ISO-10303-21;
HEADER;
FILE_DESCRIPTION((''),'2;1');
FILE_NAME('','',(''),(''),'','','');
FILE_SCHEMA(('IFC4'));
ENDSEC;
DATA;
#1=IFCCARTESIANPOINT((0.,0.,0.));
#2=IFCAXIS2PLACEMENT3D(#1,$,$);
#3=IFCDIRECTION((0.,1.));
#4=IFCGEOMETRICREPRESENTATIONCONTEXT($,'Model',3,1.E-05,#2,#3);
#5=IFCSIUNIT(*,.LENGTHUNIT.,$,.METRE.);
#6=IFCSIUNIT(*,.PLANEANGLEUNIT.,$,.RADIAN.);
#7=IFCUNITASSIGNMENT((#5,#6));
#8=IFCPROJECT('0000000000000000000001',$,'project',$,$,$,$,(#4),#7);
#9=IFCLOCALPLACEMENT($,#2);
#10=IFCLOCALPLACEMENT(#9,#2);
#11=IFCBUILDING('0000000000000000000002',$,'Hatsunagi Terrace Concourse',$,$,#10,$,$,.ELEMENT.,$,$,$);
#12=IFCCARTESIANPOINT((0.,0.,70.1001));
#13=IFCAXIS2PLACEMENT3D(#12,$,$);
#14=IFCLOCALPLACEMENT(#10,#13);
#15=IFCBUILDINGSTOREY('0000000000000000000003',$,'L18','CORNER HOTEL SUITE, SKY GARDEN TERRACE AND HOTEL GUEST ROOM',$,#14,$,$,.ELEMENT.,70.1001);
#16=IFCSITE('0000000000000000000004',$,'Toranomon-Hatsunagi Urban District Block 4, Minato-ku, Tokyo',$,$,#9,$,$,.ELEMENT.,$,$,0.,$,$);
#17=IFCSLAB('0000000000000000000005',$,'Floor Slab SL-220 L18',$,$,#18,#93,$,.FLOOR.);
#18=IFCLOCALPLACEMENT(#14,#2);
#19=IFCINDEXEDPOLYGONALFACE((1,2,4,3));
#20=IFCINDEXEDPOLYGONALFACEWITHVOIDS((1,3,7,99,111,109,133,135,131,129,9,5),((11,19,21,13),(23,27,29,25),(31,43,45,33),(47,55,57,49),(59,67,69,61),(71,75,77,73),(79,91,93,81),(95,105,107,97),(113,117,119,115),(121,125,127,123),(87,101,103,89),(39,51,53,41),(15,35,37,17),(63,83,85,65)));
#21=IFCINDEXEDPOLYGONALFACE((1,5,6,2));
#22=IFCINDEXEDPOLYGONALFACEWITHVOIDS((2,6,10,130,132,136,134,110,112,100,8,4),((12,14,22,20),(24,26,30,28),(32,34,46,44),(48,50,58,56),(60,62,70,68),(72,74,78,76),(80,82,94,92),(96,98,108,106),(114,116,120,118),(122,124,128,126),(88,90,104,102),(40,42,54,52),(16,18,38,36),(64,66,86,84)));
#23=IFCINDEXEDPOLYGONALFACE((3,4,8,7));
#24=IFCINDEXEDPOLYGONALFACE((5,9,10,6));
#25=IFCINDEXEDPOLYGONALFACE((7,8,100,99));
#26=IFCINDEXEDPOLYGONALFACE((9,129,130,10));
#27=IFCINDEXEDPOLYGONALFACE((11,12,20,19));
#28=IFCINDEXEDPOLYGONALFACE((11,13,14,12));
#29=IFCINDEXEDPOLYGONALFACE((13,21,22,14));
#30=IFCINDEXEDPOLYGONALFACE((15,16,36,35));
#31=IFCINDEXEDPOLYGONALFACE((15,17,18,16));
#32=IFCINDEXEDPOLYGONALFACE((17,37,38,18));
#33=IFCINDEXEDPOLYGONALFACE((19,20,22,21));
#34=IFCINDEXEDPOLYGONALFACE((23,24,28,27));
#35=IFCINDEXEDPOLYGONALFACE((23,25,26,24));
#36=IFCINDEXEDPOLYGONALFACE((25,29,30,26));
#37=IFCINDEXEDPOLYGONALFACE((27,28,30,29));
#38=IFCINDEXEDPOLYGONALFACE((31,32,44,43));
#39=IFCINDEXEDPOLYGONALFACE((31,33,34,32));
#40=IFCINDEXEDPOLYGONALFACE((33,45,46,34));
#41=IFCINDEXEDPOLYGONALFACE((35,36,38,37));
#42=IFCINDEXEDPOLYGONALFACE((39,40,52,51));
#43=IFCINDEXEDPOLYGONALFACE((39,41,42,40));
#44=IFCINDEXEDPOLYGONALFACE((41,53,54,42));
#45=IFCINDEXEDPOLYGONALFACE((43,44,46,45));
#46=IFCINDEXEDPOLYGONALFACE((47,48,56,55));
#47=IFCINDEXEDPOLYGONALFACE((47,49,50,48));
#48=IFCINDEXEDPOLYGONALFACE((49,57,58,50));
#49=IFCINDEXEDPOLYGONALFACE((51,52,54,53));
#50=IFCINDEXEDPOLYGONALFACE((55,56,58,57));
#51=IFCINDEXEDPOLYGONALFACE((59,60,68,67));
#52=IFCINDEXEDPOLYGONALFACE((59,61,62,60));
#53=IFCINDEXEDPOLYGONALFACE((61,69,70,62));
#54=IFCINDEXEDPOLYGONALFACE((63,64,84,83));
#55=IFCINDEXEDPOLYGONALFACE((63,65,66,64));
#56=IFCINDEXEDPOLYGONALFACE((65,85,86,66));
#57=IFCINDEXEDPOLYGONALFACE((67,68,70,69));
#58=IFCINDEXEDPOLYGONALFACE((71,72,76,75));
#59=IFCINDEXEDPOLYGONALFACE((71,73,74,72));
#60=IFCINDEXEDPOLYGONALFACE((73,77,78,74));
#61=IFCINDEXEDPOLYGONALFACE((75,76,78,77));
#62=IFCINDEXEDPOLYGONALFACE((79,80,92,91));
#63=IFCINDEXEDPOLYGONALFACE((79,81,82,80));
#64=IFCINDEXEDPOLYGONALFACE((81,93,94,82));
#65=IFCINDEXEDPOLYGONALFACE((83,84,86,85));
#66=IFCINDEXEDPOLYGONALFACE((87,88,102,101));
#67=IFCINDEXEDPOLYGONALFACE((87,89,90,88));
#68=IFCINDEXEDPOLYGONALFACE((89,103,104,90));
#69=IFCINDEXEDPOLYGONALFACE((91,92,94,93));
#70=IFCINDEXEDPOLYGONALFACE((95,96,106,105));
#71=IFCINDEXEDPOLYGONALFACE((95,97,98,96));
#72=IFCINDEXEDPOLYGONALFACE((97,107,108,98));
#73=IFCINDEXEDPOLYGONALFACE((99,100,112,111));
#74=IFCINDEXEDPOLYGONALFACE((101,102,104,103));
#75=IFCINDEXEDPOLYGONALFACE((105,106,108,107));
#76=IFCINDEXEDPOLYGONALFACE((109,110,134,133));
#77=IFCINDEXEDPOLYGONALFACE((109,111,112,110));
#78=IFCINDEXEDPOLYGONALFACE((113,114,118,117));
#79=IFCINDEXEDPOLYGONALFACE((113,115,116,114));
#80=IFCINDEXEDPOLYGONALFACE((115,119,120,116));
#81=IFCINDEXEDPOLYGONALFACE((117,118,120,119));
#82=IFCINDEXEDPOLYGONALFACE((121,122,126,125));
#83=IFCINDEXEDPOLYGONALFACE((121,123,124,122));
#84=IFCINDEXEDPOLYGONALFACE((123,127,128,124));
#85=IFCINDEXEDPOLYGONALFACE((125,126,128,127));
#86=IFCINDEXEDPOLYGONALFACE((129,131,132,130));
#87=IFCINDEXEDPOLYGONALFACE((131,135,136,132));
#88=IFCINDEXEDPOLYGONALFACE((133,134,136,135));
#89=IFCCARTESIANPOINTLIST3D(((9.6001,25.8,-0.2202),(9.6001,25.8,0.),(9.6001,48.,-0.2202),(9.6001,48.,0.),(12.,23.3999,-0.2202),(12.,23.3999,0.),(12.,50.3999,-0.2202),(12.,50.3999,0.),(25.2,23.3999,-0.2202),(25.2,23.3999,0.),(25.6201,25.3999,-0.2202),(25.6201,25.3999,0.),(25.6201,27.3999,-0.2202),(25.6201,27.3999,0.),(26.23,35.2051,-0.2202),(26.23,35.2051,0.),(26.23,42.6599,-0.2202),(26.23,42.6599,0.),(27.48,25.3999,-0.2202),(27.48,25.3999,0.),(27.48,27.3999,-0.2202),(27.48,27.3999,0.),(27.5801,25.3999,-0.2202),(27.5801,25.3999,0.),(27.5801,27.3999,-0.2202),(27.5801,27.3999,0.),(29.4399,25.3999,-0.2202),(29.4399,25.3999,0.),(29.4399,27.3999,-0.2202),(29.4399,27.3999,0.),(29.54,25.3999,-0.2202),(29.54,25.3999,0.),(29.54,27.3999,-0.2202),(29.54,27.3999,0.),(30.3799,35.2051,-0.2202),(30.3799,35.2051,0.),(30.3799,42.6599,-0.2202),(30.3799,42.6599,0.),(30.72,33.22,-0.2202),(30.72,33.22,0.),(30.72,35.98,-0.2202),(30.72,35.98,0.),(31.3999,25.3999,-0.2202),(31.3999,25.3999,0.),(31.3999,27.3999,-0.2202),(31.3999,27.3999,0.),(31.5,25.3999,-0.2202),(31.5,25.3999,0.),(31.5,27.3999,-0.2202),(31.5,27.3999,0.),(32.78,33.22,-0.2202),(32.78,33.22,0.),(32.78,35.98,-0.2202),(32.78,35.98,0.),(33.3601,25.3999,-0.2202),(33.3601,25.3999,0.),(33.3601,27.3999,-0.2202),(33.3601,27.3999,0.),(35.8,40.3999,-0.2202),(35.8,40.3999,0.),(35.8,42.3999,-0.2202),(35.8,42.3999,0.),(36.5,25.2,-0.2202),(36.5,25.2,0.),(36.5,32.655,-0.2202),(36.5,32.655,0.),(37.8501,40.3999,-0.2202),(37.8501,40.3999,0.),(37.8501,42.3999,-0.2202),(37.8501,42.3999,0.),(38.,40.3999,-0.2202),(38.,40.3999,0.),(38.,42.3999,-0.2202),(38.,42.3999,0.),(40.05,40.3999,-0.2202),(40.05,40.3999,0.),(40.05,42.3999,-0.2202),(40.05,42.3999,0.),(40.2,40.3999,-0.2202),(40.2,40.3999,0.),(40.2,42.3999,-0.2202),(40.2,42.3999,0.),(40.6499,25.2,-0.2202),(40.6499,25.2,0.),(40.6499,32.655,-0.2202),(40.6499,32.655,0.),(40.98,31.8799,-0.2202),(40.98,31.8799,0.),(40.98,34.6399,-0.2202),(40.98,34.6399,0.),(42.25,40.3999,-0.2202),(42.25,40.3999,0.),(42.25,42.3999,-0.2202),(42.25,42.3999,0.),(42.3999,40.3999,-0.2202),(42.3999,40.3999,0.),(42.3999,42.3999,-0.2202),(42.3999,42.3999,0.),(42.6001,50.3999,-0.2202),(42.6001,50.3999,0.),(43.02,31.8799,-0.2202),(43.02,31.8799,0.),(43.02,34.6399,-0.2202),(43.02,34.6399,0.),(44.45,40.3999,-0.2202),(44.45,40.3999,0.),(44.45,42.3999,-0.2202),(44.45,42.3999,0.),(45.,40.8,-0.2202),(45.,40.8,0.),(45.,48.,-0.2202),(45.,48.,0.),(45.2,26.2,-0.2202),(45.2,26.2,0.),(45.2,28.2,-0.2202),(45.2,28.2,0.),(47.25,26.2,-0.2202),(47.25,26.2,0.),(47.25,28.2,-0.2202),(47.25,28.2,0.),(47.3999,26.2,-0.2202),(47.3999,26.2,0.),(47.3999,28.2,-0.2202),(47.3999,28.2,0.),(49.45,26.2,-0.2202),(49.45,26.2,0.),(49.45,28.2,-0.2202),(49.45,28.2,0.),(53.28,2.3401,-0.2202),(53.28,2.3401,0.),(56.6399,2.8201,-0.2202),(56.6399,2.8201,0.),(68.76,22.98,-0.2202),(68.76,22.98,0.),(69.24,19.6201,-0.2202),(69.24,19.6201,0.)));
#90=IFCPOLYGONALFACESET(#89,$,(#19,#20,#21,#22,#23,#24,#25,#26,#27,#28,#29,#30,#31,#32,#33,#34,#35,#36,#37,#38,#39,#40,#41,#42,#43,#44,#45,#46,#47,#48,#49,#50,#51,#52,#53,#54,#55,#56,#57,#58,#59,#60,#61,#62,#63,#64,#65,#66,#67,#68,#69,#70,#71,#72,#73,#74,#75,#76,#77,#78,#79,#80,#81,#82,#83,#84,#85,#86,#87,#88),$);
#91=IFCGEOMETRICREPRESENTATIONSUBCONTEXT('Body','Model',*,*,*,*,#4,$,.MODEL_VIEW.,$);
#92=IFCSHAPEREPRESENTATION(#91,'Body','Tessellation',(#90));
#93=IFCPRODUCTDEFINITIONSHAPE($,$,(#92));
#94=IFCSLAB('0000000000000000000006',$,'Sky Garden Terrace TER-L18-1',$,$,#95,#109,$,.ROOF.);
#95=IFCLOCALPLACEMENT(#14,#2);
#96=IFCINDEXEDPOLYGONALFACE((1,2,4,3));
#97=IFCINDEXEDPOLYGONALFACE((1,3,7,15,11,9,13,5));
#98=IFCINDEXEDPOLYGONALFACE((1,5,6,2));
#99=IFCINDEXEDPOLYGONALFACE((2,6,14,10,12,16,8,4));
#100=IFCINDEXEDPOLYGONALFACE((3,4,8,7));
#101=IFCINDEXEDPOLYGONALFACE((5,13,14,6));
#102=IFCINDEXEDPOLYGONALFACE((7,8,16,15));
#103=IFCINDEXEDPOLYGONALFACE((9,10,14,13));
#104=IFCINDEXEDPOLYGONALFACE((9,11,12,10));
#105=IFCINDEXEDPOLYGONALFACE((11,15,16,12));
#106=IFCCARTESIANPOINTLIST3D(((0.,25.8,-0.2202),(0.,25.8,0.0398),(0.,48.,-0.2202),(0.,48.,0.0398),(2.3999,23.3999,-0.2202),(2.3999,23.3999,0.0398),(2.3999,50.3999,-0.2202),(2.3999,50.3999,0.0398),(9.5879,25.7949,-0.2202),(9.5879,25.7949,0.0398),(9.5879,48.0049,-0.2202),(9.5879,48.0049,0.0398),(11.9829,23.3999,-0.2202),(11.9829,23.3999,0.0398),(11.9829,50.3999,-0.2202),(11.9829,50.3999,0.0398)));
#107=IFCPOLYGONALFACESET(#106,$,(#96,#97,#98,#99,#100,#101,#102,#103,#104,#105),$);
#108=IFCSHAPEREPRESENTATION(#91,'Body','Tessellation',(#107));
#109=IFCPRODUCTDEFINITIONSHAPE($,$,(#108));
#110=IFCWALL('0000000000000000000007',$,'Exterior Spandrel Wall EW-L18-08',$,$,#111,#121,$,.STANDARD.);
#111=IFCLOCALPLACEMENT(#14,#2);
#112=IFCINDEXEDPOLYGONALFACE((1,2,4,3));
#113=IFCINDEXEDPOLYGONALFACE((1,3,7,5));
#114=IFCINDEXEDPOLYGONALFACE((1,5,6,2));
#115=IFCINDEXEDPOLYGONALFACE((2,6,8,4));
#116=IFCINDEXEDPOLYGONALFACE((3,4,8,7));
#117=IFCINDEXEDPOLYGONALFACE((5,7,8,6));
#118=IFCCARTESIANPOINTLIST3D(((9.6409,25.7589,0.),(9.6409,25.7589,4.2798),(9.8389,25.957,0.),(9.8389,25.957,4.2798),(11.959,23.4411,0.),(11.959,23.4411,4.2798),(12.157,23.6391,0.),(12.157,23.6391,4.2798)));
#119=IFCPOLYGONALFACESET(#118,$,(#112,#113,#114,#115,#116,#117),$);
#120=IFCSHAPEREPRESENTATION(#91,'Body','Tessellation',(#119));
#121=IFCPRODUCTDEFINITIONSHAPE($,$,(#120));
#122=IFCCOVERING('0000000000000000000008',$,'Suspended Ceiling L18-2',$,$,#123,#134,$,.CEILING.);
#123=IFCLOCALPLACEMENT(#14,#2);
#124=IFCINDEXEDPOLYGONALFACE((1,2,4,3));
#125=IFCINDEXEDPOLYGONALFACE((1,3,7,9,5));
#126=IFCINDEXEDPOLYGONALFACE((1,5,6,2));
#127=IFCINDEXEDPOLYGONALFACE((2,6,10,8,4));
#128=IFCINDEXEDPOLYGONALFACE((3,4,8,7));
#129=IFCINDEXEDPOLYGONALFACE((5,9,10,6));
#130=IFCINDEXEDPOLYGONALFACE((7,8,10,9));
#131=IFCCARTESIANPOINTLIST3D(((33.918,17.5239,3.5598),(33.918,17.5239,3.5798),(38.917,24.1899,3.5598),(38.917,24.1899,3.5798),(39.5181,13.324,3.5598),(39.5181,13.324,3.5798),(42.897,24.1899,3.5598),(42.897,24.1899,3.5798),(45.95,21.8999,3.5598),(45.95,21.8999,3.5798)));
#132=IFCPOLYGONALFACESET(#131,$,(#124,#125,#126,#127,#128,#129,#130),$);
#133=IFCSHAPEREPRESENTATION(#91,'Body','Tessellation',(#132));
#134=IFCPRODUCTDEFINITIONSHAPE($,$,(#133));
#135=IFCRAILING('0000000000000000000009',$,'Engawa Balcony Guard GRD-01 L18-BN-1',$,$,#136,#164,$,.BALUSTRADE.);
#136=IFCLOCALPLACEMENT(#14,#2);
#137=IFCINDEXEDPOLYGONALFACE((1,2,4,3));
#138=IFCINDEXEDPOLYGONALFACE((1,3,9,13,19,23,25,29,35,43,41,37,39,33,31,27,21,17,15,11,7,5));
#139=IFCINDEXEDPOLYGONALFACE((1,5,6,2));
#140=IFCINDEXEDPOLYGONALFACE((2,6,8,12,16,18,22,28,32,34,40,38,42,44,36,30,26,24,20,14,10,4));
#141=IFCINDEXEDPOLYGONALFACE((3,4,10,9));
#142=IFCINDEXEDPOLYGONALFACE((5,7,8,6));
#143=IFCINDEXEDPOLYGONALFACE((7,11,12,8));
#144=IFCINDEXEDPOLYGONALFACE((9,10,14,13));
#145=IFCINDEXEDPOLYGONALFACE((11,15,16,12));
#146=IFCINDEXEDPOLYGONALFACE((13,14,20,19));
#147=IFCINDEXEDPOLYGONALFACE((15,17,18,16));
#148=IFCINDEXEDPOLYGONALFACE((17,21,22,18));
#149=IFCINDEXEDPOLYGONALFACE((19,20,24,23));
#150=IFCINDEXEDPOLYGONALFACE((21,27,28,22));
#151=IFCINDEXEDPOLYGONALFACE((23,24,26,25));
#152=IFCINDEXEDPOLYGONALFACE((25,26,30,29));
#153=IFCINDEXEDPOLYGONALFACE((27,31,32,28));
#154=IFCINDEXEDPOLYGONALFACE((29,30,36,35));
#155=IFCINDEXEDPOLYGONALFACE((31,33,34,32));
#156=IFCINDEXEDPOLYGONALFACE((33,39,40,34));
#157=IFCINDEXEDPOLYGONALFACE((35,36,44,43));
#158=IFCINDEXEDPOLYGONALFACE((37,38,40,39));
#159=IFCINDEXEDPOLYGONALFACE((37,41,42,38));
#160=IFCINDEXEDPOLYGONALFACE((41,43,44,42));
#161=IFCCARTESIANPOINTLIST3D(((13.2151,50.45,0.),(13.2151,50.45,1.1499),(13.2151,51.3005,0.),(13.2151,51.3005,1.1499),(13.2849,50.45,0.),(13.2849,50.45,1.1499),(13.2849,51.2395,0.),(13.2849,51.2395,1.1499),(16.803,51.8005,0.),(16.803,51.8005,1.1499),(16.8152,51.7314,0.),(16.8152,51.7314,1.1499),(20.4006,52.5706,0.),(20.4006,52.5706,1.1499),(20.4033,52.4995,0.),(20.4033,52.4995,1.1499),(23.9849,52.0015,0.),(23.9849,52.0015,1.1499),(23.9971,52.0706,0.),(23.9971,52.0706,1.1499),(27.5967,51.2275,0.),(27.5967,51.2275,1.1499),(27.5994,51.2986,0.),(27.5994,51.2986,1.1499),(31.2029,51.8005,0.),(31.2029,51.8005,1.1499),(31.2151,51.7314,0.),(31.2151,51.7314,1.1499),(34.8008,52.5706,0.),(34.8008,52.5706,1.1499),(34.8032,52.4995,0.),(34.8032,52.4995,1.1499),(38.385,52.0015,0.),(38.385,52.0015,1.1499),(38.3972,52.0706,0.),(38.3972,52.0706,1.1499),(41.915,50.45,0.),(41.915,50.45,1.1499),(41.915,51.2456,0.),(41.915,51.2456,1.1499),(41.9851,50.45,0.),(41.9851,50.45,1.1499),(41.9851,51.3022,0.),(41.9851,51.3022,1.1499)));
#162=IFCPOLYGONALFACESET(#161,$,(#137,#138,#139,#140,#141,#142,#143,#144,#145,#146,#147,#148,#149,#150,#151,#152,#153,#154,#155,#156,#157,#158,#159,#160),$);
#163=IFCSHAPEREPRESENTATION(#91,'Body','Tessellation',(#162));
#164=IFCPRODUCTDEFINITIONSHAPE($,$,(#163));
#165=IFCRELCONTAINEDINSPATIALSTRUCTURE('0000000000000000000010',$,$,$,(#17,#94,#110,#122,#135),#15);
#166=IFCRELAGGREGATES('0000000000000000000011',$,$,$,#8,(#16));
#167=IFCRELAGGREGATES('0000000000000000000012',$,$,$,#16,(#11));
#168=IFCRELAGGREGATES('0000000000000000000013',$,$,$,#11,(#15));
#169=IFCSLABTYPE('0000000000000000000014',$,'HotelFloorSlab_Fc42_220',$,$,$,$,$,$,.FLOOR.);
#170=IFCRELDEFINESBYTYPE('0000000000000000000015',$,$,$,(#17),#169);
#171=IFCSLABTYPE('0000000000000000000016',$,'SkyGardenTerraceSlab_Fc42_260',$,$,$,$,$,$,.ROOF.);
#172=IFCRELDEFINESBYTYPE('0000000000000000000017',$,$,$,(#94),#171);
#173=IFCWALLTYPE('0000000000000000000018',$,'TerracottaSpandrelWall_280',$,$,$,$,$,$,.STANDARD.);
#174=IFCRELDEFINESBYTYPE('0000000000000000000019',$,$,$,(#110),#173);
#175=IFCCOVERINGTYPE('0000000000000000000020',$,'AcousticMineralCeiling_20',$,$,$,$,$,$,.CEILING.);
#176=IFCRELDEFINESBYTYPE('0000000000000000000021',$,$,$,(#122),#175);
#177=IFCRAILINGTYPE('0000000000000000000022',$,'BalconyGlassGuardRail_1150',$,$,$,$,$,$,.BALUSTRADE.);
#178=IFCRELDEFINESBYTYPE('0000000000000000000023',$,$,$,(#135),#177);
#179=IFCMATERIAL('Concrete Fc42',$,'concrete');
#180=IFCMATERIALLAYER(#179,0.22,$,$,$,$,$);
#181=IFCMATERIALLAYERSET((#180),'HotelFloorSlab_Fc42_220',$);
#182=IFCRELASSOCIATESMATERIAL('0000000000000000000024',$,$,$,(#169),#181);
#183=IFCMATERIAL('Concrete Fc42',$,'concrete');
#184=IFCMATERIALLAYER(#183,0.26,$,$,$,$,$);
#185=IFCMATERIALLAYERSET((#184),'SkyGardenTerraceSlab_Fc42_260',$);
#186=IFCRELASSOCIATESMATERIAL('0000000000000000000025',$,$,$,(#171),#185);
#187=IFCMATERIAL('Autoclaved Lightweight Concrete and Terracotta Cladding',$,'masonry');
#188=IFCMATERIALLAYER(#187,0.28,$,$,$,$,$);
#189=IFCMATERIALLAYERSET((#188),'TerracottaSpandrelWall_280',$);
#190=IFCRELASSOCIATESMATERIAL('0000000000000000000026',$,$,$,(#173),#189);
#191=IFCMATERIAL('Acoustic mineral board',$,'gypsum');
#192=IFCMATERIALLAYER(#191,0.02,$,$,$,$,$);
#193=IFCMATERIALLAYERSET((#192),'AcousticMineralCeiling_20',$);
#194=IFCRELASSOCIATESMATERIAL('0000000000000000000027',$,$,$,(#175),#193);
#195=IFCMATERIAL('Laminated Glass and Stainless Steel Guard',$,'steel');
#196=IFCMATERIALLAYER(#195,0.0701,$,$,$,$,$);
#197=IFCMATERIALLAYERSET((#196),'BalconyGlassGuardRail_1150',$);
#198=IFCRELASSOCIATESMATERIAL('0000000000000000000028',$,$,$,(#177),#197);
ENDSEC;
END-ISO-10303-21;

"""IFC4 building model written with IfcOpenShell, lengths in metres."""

from ifc_helpers import new_model, si_unit, direction, frame, frame_2d, origin, place, context, subcontext, project, spatial, polyline, rectangle, outline, extrude, material, layer, layer_set, type_object, element, save


model = new_model("IFC4")

# Units and contexts
model_context = context("Model", 3, precision=1e-05, world=origin(), true_north=direction((0.0, 1.0)))
body_context = subcontext(model_context, "Body", "Model", "MODEL_VIEW")
ifc_project = project(units=[si_unit("LENGTHUNIT", "METRE"), si_unit("PLANEANGLEUNIT", "RADIAN")], contexts=[model_context])

# Site, building, storey
site_placement = place(None, origin())
site = spatial("IfcSite", under=ifc_project, at=site_placement, Name="Toranomon-Hatsunagi Urban District Block 4, Minato-ku, Tokyo", CompositionType="ELEMENT", RefElevation=0.0)
building_placement = place(site_placement, origin())
building = spatial("IfcBuilding", under=site, at=building_placement, Name="Hatsunagi Terrace Concourse", CompositionType="ELEMENT")
storey_placement = place(building_placement, frame((0.0, 0.0, 70.1001)))
storey = spatial("IfcBuildingStorey", under=building, at=storey_placement, Name="L18", Description="CORNER HOTEL SUITE, SKY GARDEN TERRACE AND HOTEL GUEST ROOM", CompositionType="ELEMENT", Elevation=70.1001)

# Slabs
ifc_material_1 = material(Name="Concrete Fc42", Category="concrete")
ifc_layer_1 = layer(ifc_material_1, 0.22)
ifc_layer_set_1 = layer_set([ifc_layer_1], Name="HotelFloorSlab_Fc42_220")
slab_type_1 = type_object("IfcSlabType", Name="HotelFloorSlab_Fc42_220", PredefinedType="FLOOR", material=ifc_layer_set_1)
slab_1_placement = place(storey_placement, frame((0.0, 0.0, -0.2202)))
element("IfcSlab", 1, at=slab_1_placement, inside=storey, type_object=slab_type_1, Name="Floor Slab SL-220 L18", PredefinedType="FLOOR", context=body_context, shape_type="SweptSolid", body=[
    extrude(outline(polyline([(45.0, 40.8), (45.0, 48.0), (42.6001, 50.3999), (12.0, 50.3999), (9.6001, 48.0), (9.6001, 25.8), (12.0, 23.3999), (25.2, 23.3999), (53.28, 2.3401), (56.6399, 2.8201), (69.24, 19.6201), (68.76, 22.98), (45.0, 40.8)]), holes=[polyline([(26.23, 35.2051), (30.3799, 35.2051), (30.3799, 42.6599), (26.23, 42.6599), (26.23, 35.2051)]), polyline([(36.5, 25.2), (40.6499, 25.2), (40.6499, 32.655), (36.5, 32.655), (36.5, 25.2)]), polyline([(30.72, 33.22), (32.78, 33.22), (32.78, 35.98), (30.72, 35.98), (30.72, 33.22)]), polyline([(40.98, 31.8799), (43.02, 31.8799), (43.02, 34.6399), (40.98, 34.6399), (40.98, 31.8799)]), polyline([(25.6201, 25.3999), (27.48, 25.3999), (27.48, 27.3999), (25.6201, 27.3999), (25.6201, 25.3999)]), polyline([(27.5801, 25.3999), (29.4399, 25.3999), (29.4399, 27.3999), (27.5801, 27.3999), (27.5801, 25.3999)]), polyline([(29.54, 25.3999), (31.3999, 25.3999), (31.3999, 27.3999), (29.54, 27.3999), (29.54, 25.3999)]), polyline([(31.5, 25.3999), (33.3601, 25.3999), (33.3601, 27.3999), (31.5, 27.3999), (31.5, 25.3999)]), polyline([(35.8, 40.3999), (37.8501, 40.3999), (37.8501, 42.3999), (35.8, 42.3999), (35.8, 40.3999)]), polyline([(38.0, 40.3999), (40.05, 40.3999), (40.05, 42.3999), (38.0, 42.3999), (38.0, 40.3999)]), polyline([(40.2, 40.3999), (42.25, 40.3999), (42.25, 42.3999), (40.2, 42.3999), (40.2, 40.3999)]), polyline([(42.3999, 40.3999), (44.45, 40.3999), (44.45, 42.3999), (42.3999, 42.3999), (42.3999, 40.3999)]), polyline([(45.2, 26.2), (47.25, 26.2), (47.25, 28.2), (45.2, 28.2), (45.2, 26.2)]), polyline([(47.3999, 26.2), (49.45, 26.2), (49.45, 28.2), (47.3999, 28.2), (47.3999, 26.2)])]), origin(), (0.0, 0.0, 1.0), 0.2202),
])
ifc_material_2 = material(Name="Concrete Fc42", Category="concrete")
ifc_layer_2 = layer(ifc_material_2, 0.26)
ifc_layer_set_2 = layer_set([ifc_layer_2], Name="SkyGardenTerraceSlab_Fc42_260")
slab_type_2 = type_object("IfcSlabType", Name="SkyGardenTerraceSlab_Fc42_260", PredefinedType="ROOF", material=ifc_layer_set_2)
slab_2_placement = place(storey_placement, frame((0.0, 0.0, -0.2202)))
element("IfcSlab", 2, at=slab_2_placement, inside=storey, type_object=slab_type_2, Name="Sky Garden Terrace TER-L18-1", PredefinedType="ROOF", context=body_context, shape_type="SweptSolid", body=[
    extrude(outline(polyline([(2.3999, 23.3999), (11.9829, 23.3999), (9.5879, 25.7949), (9.5879, 48.0049), (11.9829, 50.3999), (2.3999, 50.3999), (0.0, 48.0), (0.0, 25.8), (2.3999, 23.3999)])), origin(), (0.0, 0.0, 1.0), 0.26),
])

# Wall
ifc_material_3 = material(Name="Autoclaved Lightweight Concrete and Terracotta Cladding", Category="masonry")
ifc_layer_3 = layer(ifc_material_3, 0.28)
ifc_layer_set_3 = layer_set([ifc_layer_3], Name="TerracottaSpandrelWall_280")
wall_type = type_object("IfcWallType", Name="TerracottaSpandrelWall_280", PredefinedType="STANDARD", material=ifc_layer_set_3)
wall_placement = place(storey_placement, frame((12.0581, 23.54, 0.0), z_axis=(0.0, 0.0, 1.0), x_axis=(-0.707144, 0.70707, 0.0)))
element("IfcWall", 3, at=wall_placement, inside=storey, type_object=wall_type, Name="Exterior Spandrel Wall EW-L18-08", PredefinedType="STANDARD", context=body_context, shape_type="SweptSolid", body=[
    extrude(rectangle(XDim=3.2781, YDim=0.28, at=frame_2d((1.6392, 0.0))), origin(), (0.0, 0.0, 1.0), 4.2798),
])

# Covering
ifc_material_4 = material(Name="Acoustic mineral board", Category="gypsum")
ifc_layer_4 = layer(ifc_material_4, 0.02)
ifc_layer_set_4 = layer_set([ifc_layer_4], Name="AcousticMineralCeiling_20")
covering_type_1 = type_object("IfcCoveringType", Name="AcousticMineralCeiling_20", PredefinedType="CEILING", material=ifc_layer_set_4)
covering_1_placement = place(storey_placement, frame((0.0, 0.0, 3.5598)))
element("IfcCovering", 4, at=covering_1_placement, inside=storey, type_object=covering_type_1, Name="Suspended Ceiling L18-2", PredefinedType="CEILING", context=body_context, shape_type="SweptSolid", body=[
    extrude(outline(polyline([(39.5181, 13.324), (45.95, 21.8999), (42.897, 24.1899), (38.917, 24.1899), (33.918, 17.5239), (39.5181, 13.324)])), origin(), (0.0, 0.0, 1.0), 0.02),
])

# Railing
ifc_material_5 = material(Name="Laminated Glass and Stainless Steel Guard", Category="steel")
ifc_layer_5 = layer(ifc_material_5, 0.0701)
ifc_layer_set_5 = layer_set([ifc_layer_5], Name="BalconyGlassGuardRail_1150")
railing_type_1 = type_object("IfcRailingType", Name="BalconyGlassGuardRail_1150", PredefinedType="BALUSTRADE", material=ifc_layer_set_5)
railing_1_placement = place(storey_placement, origin())
element("IfcRailing", 5, at=railing_1_placement, inside=storey, type_object=railing_type_1, Name="Engawa Balcony Guard GRD-01 L18-BN-1", PredefinedType="BALUSTRADE", context=body_context, shape_type="SweptSolid", body=[
    extrude(outline(polyline([(13.2151, 50.45), (13.2849, 50.45), (13.2849, 51.2395), (16.8152, 51.7314), (20.4033, 52.4995), (23.9849, 52.0015), (27.5967, 51.2275), (31.2151, 51.7314), (34.8032, 52.4995), (38.385, 52.0015), (41.915, 51.2456), (41.915, 50.45), (41.9851, 50.45), (41.9851, 51.3022), (38.3972, 52.0706), (34.8008, 52.5706), (31.2029, 51.8005), (27.5994, 51.2986), (23.9971, 52.0706), (20.4006, 52.5706), (16.803, 51.8005), (13.2151, 51.3005), (13.2151, 50.45)])), origin(), (0.0, 0.0, 1.0), 1.1499),
])

save(model, "model.ifc")
